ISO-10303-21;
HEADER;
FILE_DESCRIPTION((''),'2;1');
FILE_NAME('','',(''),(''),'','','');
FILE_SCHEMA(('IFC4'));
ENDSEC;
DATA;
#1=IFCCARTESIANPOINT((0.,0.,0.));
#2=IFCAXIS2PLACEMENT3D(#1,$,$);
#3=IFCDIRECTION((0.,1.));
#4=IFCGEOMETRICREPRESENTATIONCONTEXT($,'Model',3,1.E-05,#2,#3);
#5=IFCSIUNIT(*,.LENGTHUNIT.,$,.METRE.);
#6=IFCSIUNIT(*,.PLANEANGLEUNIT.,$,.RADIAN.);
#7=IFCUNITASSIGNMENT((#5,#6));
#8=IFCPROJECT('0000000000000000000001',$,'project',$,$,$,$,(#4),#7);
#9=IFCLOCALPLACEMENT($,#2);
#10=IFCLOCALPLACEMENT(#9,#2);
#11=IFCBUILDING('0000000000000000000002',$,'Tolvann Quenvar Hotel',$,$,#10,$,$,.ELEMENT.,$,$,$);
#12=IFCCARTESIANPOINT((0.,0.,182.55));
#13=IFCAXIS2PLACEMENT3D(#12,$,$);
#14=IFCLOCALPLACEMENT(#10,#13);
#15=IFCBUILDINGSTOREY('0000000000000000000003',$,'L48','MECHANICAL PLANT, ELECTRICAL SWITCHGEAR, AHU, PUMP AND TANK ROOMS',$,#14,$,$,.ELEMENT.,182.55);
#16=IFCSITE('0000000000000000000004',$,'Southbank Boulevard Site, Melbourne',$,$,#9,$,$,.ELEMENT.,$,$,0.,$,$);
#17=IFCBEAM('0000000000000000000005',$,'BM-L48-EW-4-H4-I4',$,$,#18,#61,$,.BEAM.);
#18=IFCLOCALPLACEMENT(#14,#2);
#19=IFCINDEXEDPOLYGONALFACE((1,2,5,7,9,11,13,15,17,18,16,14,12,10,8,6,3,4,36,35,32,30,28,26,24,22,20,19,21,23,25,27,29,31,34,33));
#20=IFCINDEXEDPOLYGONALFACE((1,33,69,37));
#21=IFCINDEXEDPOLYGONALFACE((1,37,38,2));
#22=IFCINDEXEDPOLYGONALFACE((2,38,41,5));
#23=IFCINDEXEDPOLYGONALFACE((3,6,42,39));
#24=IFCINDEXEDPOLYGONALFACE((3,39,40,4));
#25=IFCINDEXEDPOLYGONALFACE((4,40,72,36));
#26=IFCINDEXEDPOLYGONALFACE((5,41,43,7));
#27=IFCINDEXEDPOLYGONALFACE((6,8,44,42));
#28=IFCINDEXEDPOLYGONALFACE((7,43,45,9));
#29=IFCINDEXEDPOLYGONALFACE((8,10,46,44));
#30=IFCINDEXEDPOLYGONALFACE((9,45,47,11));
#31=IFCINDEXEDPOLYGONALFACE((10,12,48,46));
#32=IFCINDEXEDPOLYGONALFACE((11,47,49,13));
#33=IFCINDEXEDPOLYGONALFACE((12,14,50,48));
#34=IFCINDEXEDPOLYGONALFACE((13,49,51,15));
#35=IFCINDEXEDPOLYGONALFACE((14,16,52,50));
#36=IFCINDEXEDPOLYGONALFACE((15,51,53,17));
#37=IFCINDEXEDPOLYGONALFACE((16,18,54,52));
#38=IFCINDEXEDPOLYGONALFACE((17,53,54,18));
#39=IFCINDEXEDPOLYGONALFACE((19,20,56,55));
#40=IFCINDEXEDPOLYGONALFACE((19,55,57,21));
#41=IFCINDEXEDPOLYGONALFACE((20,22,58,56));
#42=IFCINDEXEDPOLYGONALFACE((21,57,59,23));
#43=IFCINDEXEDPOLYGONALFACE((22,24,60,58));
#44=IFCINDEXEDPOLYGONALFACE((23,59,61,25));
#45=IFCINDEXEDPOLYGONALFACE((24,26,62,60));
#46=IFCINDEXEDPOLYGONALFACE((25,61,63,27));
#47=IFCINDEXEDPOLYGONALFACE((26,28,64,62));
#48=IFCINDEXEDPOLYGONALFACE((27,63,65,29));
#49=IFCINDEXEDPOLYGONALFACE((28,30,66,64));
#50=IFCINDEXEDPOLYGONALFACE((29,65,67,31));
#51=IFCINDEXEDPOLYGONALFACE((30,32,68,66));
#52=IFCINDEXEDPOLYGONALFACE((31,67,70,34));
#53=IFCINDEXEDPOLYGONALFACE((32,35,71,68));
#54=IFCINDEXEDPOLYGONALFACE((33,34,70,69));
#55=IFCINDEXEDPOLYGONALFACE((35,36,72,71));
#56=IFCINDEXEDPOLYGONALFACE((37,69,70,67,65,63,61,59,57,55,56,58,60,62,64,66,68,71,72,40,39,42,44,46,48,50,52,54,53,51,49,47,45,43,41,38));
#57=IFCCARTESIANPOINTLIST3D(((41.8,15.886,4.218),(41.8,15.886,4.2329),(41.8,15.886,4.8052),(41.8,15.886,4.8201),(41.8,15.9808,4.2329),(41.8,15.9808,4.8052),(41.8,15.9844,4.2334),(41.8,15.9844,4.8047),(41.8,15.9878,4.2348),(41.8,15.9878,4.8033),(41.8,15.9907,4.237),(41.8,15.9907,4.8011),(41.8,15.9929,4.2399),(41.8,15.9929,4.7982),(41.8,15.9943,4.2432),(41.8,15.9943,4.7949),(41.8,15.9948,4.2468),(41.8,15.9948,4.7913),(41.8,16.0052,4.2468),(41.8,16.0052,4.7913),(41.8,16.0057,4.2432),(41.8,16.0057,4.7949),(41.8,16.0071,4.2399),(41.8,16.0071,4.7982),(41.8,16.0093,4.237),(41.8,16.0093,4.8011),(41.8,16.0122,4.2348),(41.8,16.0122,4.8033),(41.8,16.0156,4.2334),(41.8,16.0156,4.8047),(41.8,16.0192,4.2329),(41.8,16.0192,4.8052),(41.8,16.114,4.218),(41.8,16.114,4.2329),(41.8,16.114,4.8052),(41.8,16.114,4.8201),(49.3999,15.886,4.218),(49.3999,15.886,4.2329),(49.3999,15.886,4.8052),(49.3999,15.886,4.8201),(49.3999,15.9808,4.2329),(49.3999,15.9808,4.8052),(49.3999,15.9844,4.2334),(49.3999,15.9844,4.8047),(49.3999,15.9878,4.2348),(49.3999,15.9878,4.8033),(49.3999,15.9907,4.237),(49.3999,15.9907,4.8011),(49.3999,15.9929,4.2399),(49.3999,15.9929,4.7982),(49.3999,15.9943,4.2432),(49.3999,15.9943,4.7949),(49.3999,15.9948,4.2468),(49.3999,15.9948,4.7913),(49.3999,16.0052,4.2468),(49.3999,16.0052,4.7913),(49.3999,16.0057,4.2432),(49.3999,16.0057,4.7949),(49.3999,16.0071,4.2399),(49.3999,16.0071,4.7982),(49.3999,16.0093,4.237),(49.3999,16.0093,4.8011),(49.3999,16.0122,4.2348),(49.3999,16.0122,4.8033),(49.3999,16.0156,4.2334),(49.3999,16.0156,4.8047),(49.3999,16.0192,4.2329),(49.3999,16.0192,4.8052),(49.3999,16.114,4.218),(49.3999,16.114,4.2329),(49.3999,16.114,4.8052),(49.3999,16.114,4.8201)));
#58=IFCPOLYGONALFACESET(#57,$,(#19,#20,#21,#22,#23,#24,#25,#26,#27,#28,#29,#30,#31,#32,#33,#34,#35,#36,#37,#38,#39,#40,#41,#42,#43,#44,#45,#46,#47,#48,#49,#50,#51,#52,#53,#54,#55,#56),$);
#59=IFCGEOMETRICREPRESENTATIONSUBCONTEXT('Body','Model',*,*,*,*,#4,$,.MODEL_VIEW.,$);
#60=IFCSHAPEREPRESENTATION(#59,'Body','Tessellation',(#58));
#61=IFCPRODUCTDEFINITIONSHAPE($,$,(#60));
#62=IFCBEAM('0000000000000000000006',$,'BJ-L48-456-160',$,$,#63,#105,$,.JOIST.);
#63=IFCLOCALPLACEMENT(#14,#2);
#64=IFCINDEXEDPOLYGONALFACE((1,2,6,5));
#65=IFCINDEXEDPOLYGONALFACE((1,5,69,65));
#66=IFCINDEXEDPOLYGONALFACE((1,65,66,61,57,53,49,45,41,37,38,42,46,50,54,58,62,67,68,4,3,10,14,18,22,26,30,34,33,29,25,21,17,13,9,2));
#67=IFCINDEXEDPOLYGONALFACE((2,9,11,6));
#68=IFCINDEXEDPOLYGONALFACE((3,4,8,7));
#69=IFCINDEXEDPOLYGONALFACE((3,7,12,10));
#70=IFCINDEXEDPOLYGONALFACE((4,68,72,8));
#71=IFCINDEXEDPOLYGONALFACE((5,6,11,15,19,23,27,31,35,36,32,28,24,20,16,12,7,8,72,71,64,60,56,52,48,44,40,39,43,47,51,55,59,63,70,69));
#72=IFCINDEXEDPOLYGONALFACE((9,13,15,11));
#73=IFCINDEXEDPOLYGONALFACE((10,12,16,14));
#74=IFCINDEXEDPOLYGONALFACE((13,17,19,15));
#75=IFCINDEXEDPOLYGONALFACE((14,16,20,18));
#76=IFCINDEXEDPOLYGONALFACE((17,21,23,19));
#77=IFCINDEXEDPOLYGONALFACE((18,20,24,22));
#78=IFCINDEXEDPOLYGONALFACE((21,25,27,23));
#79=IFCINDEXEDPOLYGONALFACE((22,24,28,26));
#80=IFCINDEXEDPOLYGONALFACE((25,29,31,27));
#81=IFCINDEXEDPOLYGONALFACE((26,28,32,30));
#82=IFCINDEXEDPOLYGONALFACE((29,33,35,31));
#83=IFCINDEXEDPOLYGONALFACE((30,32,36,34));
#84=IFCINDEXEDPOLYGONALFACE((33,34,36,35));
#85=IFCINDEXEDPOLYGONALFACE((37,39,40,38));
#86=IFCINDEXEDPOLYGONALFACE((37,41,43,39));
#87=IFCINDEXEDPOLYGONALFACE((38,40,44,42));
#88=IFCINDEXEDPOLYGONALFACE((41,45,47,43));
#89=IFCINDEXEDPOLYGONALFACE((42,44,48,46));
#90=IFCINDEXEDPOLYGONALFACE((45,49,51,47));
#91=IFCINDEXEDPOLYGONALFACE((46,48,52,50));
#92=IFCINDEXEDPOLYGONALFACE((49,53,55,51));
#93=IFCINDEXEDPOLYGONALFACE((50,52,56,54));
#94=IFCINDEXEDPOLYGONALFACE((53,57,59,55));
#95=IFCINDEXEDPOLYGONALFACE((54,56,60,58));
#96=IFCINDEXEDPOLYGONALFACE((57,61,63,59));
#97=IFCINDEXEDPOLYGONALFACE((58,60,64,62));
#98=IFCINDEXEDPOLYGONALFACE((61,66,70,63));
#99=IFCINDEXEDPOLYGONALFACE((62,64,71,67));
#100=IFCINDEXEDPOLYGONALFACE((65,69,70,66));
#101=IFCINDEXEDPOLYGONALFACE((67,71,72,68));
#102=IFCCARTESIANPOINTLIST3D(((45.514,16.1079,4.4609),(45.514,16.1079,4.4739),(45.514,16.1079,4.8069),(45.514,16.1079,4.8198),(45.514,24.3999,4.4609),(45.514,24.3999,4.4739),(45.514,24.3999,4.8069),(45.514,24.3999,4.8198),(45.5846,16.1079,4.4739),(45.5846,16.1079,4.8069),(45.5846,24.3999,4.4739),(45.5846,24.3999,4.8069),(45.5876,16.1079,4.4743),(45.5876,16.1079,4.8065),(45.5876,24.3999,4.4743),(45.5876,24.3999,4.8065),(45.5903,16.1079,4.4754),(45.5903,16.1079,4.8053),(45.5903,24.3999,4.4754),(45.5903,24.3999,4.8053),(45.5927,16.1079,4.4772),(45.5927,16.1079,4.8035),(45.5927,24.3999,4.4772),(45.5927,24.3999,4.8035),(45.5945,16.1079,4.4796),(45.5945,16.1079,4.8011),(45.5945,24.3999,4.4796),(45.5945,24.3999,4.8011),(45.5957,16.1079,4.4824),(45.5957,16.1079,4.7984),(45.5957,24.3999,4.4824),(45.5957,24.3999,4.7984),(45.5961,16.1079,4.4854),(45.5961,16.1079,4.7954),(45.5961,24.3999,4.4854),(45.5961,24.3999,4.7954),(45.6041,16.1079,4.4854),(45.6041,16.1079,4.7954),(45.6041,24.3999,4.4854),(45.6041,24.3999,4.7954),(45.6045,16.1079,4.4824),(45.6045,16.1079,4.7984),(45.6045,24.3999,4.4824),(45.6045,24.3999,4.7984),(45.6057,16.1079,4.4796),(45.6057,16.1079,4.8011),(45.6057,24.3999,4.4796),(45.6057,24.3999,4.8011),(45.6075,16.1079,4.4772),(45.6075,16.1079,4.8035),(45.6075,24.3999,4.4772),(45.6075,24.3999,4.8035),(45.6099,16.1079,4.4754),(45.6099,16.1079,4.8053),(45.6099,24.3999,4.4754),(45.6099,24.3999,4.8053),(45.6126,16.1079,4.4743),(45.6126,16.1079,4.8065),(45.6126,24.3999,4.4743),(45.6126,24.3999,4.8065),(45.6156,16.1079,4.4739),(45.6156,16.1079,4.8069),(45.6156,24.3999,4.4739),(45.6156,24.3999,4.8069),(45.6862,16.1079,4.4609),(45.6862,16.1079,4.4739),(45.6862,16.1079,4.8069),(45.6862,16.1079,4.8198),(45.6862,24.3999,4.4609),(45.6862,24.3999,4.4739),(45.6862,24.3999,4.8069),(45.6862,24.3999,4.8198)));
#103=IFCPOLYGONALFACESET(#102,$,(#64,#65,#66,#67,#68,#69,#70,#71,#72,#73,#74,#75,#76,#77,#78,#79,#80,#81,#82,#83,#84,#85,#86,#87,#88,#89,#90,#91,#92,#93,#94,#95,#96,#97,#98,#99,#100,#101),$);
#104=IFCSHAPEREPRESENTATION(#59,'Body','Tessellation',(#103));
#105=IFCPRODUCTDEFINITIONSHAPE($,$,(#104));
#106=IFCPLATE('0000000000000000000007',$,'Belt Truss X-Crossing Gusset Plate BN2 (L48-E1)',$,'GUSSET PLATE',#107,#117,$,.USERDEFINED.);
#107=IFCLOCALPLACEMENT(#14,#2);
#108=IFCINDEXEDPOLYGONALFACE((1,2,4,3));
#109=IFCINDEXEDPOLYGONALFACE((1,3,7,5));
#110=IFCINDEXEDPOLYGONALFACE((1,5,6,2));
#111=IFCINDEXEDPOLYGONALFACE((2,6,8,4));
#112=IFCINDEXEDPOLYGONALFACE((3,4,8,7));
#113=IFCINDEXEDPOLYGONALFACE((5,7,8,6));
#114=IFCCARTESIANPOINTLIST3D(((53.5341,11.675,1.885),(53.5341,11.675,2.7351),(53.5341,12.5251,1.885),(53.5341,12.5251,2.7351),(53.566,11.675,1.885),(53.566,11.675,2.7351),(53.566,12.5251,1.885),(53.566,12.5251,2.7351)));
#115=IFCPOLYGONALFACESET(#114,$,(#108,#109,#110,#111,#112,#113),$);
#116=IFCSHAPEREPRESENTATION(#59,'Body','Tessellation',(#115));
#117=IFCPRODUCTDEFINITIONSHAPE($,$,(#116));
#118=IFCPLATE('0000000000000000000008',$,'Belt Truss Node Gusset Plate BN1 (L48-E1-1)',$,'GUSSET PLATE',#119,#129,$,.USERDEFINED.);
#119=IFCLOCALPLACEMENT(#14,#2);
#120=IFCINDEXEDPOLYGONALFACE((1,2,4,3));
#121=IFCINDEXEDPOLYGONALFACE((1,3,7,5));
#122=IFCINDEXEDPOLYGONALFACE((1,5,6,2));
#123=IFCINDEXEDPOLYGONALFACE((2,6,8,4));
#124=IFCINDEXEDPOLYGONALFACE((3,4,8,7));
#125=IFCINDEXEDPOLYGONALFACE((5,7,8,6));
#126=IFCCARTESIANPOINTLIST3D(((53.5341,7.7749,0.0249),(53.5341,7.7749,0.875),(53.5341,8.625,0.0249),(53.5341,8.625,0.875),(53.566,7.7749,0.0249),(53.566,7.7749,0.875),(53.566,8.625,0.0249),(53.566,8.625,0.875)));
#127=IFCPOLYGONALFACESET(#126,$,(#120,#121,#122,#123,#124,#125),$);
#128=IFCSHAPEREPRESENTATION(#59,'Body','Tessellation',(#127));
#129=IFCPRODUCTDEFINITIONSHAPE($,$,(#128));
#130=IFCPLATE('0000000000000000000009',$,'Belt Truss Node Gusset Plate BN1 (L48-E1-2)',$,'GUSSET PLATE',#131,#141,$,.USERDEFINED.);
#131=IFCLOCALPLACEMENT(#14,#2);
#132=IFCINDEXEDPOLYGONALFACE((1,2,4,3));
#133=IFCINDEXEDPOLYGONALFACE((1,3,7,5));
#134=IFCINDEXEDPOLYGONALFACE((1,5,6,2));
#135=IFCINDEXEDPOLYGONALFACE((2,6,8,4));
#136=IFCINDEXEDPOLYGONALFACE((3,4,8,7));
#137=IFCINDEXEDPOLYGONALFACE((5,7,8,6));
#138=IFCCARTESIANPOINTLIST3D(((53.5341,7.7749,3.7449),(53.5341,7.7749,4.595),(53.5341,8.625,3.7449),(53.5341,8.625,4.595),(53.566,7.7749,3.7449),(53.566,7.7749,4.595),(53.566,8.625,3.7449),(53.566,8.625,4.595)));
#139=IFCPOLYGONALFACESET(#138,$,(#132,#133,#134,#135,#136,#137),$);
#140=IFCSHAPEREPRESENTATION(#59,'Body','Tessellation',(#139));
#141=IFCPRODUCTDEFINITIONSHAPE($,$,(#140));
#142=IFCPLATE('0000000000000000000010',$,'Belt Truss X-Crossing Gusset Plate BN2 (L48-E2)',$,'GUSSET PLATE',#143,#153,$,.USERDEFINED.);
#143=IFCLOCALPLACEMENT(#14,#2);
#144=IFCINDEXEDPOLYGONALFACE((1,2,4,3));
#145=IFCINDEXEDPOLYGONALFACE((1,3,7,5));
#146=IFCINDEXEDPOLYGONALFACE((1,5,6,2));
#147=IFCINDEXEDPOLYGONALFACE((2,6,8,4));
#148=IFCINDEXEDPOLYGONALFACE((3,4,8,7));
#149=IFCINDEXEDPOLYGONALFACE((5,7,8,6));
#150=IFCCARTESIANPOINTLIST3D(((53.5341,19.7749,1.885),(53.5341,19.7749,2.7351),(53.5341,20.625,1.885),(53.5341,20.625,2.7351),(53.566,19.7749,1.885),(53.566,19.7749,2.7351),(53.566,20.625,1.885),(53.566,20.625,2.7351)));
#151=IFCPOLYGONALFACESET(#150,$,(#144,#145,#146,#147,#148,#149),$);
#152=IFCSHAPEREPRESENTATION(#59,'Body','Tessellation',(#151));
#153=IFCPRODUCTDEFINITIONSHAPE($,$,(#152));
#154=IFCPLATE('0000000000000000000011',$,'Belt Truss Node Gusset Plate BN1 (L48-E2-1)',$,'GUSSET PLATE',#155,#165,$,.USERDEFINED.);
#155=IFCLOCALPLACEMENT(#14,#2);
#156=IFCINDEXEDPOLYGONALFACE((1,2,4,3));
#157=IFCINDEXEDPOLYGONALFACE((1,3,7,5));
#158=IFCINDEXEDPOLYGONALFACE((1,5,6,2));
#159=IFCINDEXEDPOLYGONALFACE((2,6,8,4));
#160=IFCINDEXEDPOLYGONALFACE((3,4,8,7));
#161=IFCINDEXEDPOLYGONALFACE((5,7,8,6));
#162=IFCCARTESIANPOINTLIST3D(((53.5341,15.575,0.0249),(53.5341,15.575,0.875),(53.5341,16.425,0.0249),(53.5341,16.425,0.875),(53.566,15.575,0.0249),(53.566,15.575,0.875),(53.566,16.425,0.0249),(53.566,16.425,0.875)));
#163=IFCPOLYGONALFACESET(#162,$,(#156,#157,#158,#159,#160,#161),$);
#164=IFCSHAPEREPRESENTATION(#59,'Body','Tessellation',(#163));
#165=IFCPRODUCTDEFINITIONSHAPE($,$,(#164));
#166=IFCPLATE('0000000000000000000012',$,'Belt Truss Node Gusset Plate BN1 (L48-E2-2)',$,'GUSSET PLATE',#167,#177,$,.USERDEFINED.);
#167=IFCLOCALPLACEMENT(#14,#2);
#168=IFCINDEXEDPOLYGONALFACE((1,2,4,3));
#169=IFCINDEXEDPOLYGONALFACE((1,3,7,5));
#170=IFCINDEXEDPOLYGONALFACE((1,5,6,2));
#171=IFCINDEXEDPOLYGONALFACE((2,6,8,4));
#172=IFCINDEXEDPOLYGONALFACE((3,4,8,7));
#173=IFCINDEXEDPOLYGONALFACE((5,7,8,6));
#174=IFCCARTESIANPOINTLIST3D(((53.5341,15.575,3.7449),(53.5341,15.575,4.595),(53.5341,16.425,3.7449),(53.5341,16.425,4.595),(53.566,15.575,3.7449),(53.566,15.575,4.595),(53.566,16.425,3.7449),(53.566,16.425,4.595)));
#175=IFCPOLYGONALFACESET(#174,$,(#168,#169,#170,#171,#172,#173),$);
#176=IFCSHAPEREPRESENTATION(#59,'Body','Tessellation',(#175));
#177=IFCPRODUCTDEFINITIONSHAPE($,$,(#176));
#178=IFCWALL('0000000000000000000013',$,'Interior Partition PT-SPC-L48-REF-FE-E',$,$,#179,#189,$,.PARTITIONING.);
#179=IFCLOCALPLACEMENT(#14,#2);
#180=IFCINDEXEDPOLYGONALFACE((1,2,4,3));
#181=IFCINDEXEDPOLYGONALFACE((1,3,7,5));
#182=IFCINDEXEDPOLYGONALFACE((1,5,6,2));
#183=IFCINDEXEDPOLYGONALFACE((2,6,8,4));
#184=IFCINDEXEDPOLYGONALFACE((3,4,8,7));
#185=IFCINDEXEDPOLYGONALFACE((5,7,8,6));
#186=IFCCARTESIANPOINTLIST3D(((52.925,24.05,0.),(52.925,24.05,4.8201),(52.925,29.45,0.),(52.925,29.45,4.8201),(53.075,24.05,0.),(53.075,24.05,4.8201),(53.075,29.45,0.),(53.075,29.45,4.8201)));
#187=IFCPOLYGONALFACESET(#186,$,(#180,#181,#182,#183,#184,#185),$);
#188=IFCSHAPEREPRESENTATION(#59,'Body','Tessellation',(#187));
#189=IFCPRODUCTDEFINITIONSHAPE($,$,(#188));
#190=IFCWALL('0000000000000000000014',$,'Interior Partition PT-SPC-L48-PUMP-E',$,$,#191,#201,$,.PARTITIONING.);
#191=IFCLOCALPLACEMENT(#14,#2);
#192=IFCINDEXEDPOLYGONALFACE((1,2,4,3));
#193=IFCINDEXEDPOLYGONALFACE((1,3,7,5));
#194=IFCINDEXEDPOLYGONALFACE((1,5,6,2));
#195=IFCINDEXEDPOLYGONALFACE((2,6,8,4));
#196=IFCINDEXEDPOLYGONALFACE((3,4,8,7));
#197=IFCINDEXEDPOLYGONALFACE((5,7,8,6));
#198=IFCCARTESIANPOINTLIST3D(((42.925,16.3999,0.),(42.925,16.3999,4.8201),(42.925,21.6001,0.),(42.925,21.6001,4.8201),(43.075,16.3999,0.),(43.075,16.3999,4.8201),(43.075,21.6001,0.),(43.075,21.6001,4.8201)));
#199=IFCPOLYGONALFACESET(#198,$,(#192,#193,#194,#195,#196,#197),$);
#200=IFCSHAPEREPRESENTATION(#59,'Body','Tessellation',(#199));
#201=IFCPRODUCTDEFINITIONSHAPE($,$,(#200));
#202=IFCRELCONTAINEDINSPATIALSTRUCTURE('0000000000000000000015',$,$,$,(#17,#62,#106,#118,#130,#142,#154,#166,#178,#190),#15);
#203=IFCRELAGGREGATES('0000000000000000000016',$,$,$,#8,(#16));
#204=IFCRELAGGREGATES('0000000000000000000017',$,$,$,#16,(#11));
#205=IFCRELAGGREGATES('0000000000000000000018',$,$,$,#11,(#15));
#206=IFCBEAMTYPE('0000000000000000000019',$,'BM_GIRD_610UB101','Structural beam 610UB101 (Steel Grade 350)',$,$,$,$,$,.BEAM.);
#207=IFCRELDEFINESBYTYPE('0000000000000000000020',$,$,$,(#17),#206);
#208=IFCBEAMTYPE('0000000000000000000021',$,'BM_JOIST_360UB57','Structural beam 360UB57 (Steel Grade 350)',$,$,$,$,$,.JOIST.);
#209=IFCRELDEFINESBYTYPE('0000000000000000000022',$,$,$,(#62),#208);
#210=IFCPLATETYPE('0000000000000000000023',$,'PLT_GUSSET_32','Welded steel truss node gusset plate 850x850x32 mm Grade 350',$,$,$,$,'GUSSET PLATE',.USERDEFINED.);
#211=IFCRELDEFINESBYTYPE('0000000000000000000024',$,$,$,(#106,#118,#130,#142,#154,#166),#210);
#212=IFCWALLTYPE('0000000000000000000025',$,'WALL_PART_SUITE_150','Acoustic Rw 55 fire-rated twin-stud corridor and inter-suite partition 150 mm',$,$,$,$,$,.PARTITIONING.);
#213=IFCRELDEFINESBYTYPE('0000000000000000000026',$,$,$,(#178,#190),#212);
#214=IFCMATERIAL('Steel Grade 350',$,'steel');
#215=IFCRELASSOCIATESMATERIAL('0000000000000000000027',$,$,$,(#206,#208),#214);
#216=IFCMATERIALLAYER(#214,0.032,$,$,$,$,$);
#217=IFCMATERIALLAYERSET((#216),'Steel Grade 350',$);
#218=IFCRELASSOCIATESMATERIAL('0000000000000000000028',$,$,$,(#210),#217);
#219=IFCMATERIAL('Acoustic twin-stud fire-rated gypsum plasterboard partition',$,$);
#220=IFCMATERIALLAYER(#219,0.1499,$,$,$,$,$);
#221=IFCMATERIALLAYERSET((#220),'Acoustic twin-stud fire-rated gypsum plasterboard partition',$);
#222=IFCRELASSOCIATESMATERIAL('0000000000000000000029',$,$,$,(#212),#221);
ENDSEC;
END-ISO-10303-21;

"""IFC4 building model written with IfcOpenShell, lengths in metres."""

from ifc_helpers import new_model, si_unit, direction, frame, frame_2d, origin, origin_2d, place, context, subcontext, project, spatial, rectangle, i_section, extrude, source, transform, mapped, material, layer, layer_set, material_profile, profile_set, type_object, type_shapes, element, save


model = new_model("IFC4")

# Units and contexts
model_context = context("Model", 3, precision=1e-05, world=origin(), true_north=direction((0.0, 1.0)))
body_context = subcontext(model_context, "Body", "Model", "MODEL_VIEW")
ifc_project = project(units=[si_unit("LENGTHUNIT", "METRE"), si_unit("PLANEANGLEUNIT", "RADIAN")], contexts=[model_context])

# Site, building, storey
site_placement = place(None, origin())
site = spatial("IfcSite", under=ifc_project, at=site_placement, Name="Southbank Boulevard Site, Melbourne", CompositionType="ELEMENT", RefElevation=0.0)
building_placement = place(site_placement, origin())
building = spatial("IfcBuilding", under=site, at=building_placement, Name="Tolvann Quenvar Hotel", CompositionType="ELEMENT")
storey_placement = place(building_placement, frame((0.0, 0.0, 182.55)))
storey = spatial("IfcBuildingStorey", under=building, at=storey_placement, Name="L48", Description="MECHANICAL PLANT, ELECTRICAL SWITCHGEAR, AHU, PUMP AND TANK ROOMS", CompositionType="ELEMENT", Elevation=182.55)

# Shared definitions
ifc_material_1 = material(Name="Steel Grade 350", Category="steel")

# Beams
ifc_material_profile_1 = material_profile(ifc_material_1, i_section(OverallWidth=0.228, OverallDepth=0.6021, WebThickness=0.0105, FlangeThickness=0.0149, FilletRadius=0.0139, at=origin_2d()), Name="610UB101")
ifc_profile_set_1 = profile_set([ifc_material_profile_1], Name="Steel Grade 350")
beam_type_1 = type_object("IfcBeamType", Name="BM_GIRD_610UB101", Description="Structural beam 610UB101 (Steel Grade 350)", PredefinedType="BEAM", material=ifc_profile_set_1)
shared_shape_1 = source(origin(), body_context, "Body", "SweptSolid", [
    extrude(i_section(OverallWidth=0.228, OverallDepth=0.6021, WebThickness=0.0105, FlangeThickness=0.0149, FilletRadius=0.0139, at=origin_2d()), origin(), (0.0, 0.0, 1.0), 7.5999),
])
beam_1_placement = place(storey_placement, frame((41.8, 16.0, 4.519), z_axis=(1.0, 0.0, 0.0), x_axis=(0.0, 1.0, 0.0)))
element("IfcBeam", 1, at=beam_1_placement, inside=storey, type_object=beam_type_1, Name="BM-L48-EW-4-H4-I4", PredefinedType="BEAM", context=body_context, shape_type="MappedRepresentation", body=[
    mapped(shared_shape_1, transform((0.0, 0.0, 0.0), x_axis=(1.0, 0.0, 0.0), y_axis=(0.0, 1.0, 0.0), z_axis=(0.0, 0.0, 1.0), scale=1.0)),
])
ifc_material_profile_2 = material_profile(ifc_material_1, i_section(OverallWidth=0.1721, OverallDepth=0.3589, WebThickness=0.0081, FlangeThickness=0.0129, FilletRadius=0.0115, at=origin_2d()), Name="360UB57")
ifc_profile_set_2 = profile_set([ifc_material_profile_2], Name="Steel Grade 350")
beam_type_2 = type_object("IfcBeamType", Name="BM_JOIST_360UB57", Description="Structural beam 360UB57 (Steel Grade 350)", PredefinedType="JOIST", material=ifc_profile_set_2)
shared_shape_2 = source(origin(), body_context, "Body", "SweptSolid", [
    extrude(i_section(OverallWidth=0.1721, OverallDepth=0.3589, WebThickness=0.0081, FlangeThickness=0.0129, FilletRadius=0.0115, at=origin_2d()), origin(), (0.0, 0.0, 1.0), 8.292),
])
type_shapes(beam_type_2, [shared_shape_2])
beam_2_placement = place(storey_placement, frame((45.6001, 16.1079, 4.6404), z_axis=(0.0, 1.0, 0.0), x_axis=(-1.0, 0.0, 0.0)))
element("IfcBeam", 2, at=beam_2_placement, inside=storey, type_object=beam_type_2, Name="BJ-L48-456-160", PredefinedType="JOIST", context=body_context, shape_type="MappedRepresentation", body=[
    mapped(shared_shape_2, transform((0.0, 0.0, 0.0), x_axis=(1.0, 0.0, 0.0), y_axis=(0.0, 1.0, 0.0), z_axis=(0.0, 0.0, 1.0), scale=1.0)),
])

# Plates
ifc_layer_1 = layer(ifc_material_1, 0.032)
ifc_layer_set_1 = layer_set([ifc_layer_1], Name="Steel Grade 350")
plate_type = type_object("IfcPlateType", Name="PLT_GUSSET_32", Description="Welded steel truss node gusset plate 850x850x32 mm Grade 350", ElementType="GUSSET PLATE", PredefinedType="USERDEFINED", material=ifc_layer_set_1)
shared_shape_3 = source(origin(), body_context, "Body", "SweptSolid", [
    extrude(rectangle(XDim=0.032, YDim=0.8501, at=origin_2d()), origin(), (0.0, 0.0, 1.0), 0.8501),
])
type_shapes(plate_type, [shared_shape_3])
for number, where, z_axis, x_axis, name in (
    (3, (53.55, 12.1001, 1.885), (0.0, 0.0, 1.0), (1.0, 0.0, 0.0), "Belt Truss X-Crossing Gusset Plate BN2 (L48-E1)"),
    (4, (53.55, 8.2, 0.0249), (0.0, 0.0, 1.0), (1.0, 0.0, 0.0), "Belt Truss Node Gusset Plate BN1 (L48-E1-1)"),
    (5, (53.55, 8.2, 3.7449), (0.0, 0.0, 1.0), (1.0, 0.0, 0.0), "Belt Truss Node Gusset Plate BN1 (L48-E1-2)"),
    (6, (53.55, 20.2, 1.885), (0.0, 0.0, 1.0), (1.0, 0.0, 0.0), "Belt Truss X-Crossing Gusset Plate BN2 (L48-E2)"),
    (7, (53.55, 16.0, 0.0249), (0.0, 0.0, 1.0), (1.0, 0.0, 0.0), "Belt Truss Node Gusset Plate BN1 (L48-E2-1)"),
    (8, (53.55, 16.0, 3.7449), (0.0, 0.0, 1.0), (1.0, 0.0, 0.0), "Belt Truss Node Gusset Plate BN1 (L48-E2-2)"),
):
    element("IfcPlate", number, at=place(storey_placement, frame(where, z_axis=z_axis, x_axis=x_axis)), inside=storey, type_object=plate_type, Name=name, ObjectType="GUSSET PLATE", PredefinedType="USERDEFINED", context=body_context, shape_type="MappedRepresentation", body=[
        mapped(shared_shape_3, transform((0.0, 0.0, 0.0), x_axis=(1.0, 0.0, 0.0), y_axis=(0.0, 1.0, 0.0), z_axis=(0.0, 0.0, 1.0), scale=1.0)),
    ])

# Walls
ifc_material_2 = material(Name="Acoustic twin-stud fire-rated gypsum plasterboard partition")
ifc_layer_2 = layer(ifc_material_2, 0.1499)
ifc_layer_set_2 = layer_set([ifc_layer_2], Name="Acoustic twin-stud fire-rated gypsum plasterboard partition")
wall_type = type_object("IfcWallType", Name="WALL_PART_SUITE_150", Description="Acoustic Rw 55 fire-rated twin-stud corridor and inter-suite partition 150 mm", PredefinedType="PARTITIONING", material=ifc_layer_set_2)
wall_1_placement = place(storey_placement, frame((53.0, 24.05, 0.0), z_axis=(0.0, 0.0, 1.0), x_axis=(0.0, 1.0, 0.0)))
element("IfcWall", 9, at=wall_1_placement, inside=storey, type_object=wall_type, Name="Interior Partition PT-SPC-L48-REF-FE-E", PredefinedType="PARTITIONING", context=body_context, shape_type="SweptSolid", body=[
    extrude(rectangle(XDim=5.3999, YDim=0.1499, at=frame_2d((2.7, 0.0))), origin(), (0.0, 0.0, 1.0), 4.8201),
])
wall_2_placement = place(storey_placement, frame((43.0, 16.3999, 0.0), z_axis=(0.0, 0.0, 1.0), x_axis=(0.0, 1.0, 0.0)))
element("IfcWall", 10, at=wall_2_placement, inside=storey, type_object=wall_type, Name="Interior Partition PT-SPC-L48-PUMP-E", PredefinedType="PARTITIONING", context=body_context, shape_type="SweptSolid", body=[
    extrude(rectangle(XDim=5.2002, YDim=0.1499, at=frame_2d((2.6001, 0.0))), origin(), (0.0, 0.0, 1.0), 4.8201),
])

save(model, "model.ifc")
